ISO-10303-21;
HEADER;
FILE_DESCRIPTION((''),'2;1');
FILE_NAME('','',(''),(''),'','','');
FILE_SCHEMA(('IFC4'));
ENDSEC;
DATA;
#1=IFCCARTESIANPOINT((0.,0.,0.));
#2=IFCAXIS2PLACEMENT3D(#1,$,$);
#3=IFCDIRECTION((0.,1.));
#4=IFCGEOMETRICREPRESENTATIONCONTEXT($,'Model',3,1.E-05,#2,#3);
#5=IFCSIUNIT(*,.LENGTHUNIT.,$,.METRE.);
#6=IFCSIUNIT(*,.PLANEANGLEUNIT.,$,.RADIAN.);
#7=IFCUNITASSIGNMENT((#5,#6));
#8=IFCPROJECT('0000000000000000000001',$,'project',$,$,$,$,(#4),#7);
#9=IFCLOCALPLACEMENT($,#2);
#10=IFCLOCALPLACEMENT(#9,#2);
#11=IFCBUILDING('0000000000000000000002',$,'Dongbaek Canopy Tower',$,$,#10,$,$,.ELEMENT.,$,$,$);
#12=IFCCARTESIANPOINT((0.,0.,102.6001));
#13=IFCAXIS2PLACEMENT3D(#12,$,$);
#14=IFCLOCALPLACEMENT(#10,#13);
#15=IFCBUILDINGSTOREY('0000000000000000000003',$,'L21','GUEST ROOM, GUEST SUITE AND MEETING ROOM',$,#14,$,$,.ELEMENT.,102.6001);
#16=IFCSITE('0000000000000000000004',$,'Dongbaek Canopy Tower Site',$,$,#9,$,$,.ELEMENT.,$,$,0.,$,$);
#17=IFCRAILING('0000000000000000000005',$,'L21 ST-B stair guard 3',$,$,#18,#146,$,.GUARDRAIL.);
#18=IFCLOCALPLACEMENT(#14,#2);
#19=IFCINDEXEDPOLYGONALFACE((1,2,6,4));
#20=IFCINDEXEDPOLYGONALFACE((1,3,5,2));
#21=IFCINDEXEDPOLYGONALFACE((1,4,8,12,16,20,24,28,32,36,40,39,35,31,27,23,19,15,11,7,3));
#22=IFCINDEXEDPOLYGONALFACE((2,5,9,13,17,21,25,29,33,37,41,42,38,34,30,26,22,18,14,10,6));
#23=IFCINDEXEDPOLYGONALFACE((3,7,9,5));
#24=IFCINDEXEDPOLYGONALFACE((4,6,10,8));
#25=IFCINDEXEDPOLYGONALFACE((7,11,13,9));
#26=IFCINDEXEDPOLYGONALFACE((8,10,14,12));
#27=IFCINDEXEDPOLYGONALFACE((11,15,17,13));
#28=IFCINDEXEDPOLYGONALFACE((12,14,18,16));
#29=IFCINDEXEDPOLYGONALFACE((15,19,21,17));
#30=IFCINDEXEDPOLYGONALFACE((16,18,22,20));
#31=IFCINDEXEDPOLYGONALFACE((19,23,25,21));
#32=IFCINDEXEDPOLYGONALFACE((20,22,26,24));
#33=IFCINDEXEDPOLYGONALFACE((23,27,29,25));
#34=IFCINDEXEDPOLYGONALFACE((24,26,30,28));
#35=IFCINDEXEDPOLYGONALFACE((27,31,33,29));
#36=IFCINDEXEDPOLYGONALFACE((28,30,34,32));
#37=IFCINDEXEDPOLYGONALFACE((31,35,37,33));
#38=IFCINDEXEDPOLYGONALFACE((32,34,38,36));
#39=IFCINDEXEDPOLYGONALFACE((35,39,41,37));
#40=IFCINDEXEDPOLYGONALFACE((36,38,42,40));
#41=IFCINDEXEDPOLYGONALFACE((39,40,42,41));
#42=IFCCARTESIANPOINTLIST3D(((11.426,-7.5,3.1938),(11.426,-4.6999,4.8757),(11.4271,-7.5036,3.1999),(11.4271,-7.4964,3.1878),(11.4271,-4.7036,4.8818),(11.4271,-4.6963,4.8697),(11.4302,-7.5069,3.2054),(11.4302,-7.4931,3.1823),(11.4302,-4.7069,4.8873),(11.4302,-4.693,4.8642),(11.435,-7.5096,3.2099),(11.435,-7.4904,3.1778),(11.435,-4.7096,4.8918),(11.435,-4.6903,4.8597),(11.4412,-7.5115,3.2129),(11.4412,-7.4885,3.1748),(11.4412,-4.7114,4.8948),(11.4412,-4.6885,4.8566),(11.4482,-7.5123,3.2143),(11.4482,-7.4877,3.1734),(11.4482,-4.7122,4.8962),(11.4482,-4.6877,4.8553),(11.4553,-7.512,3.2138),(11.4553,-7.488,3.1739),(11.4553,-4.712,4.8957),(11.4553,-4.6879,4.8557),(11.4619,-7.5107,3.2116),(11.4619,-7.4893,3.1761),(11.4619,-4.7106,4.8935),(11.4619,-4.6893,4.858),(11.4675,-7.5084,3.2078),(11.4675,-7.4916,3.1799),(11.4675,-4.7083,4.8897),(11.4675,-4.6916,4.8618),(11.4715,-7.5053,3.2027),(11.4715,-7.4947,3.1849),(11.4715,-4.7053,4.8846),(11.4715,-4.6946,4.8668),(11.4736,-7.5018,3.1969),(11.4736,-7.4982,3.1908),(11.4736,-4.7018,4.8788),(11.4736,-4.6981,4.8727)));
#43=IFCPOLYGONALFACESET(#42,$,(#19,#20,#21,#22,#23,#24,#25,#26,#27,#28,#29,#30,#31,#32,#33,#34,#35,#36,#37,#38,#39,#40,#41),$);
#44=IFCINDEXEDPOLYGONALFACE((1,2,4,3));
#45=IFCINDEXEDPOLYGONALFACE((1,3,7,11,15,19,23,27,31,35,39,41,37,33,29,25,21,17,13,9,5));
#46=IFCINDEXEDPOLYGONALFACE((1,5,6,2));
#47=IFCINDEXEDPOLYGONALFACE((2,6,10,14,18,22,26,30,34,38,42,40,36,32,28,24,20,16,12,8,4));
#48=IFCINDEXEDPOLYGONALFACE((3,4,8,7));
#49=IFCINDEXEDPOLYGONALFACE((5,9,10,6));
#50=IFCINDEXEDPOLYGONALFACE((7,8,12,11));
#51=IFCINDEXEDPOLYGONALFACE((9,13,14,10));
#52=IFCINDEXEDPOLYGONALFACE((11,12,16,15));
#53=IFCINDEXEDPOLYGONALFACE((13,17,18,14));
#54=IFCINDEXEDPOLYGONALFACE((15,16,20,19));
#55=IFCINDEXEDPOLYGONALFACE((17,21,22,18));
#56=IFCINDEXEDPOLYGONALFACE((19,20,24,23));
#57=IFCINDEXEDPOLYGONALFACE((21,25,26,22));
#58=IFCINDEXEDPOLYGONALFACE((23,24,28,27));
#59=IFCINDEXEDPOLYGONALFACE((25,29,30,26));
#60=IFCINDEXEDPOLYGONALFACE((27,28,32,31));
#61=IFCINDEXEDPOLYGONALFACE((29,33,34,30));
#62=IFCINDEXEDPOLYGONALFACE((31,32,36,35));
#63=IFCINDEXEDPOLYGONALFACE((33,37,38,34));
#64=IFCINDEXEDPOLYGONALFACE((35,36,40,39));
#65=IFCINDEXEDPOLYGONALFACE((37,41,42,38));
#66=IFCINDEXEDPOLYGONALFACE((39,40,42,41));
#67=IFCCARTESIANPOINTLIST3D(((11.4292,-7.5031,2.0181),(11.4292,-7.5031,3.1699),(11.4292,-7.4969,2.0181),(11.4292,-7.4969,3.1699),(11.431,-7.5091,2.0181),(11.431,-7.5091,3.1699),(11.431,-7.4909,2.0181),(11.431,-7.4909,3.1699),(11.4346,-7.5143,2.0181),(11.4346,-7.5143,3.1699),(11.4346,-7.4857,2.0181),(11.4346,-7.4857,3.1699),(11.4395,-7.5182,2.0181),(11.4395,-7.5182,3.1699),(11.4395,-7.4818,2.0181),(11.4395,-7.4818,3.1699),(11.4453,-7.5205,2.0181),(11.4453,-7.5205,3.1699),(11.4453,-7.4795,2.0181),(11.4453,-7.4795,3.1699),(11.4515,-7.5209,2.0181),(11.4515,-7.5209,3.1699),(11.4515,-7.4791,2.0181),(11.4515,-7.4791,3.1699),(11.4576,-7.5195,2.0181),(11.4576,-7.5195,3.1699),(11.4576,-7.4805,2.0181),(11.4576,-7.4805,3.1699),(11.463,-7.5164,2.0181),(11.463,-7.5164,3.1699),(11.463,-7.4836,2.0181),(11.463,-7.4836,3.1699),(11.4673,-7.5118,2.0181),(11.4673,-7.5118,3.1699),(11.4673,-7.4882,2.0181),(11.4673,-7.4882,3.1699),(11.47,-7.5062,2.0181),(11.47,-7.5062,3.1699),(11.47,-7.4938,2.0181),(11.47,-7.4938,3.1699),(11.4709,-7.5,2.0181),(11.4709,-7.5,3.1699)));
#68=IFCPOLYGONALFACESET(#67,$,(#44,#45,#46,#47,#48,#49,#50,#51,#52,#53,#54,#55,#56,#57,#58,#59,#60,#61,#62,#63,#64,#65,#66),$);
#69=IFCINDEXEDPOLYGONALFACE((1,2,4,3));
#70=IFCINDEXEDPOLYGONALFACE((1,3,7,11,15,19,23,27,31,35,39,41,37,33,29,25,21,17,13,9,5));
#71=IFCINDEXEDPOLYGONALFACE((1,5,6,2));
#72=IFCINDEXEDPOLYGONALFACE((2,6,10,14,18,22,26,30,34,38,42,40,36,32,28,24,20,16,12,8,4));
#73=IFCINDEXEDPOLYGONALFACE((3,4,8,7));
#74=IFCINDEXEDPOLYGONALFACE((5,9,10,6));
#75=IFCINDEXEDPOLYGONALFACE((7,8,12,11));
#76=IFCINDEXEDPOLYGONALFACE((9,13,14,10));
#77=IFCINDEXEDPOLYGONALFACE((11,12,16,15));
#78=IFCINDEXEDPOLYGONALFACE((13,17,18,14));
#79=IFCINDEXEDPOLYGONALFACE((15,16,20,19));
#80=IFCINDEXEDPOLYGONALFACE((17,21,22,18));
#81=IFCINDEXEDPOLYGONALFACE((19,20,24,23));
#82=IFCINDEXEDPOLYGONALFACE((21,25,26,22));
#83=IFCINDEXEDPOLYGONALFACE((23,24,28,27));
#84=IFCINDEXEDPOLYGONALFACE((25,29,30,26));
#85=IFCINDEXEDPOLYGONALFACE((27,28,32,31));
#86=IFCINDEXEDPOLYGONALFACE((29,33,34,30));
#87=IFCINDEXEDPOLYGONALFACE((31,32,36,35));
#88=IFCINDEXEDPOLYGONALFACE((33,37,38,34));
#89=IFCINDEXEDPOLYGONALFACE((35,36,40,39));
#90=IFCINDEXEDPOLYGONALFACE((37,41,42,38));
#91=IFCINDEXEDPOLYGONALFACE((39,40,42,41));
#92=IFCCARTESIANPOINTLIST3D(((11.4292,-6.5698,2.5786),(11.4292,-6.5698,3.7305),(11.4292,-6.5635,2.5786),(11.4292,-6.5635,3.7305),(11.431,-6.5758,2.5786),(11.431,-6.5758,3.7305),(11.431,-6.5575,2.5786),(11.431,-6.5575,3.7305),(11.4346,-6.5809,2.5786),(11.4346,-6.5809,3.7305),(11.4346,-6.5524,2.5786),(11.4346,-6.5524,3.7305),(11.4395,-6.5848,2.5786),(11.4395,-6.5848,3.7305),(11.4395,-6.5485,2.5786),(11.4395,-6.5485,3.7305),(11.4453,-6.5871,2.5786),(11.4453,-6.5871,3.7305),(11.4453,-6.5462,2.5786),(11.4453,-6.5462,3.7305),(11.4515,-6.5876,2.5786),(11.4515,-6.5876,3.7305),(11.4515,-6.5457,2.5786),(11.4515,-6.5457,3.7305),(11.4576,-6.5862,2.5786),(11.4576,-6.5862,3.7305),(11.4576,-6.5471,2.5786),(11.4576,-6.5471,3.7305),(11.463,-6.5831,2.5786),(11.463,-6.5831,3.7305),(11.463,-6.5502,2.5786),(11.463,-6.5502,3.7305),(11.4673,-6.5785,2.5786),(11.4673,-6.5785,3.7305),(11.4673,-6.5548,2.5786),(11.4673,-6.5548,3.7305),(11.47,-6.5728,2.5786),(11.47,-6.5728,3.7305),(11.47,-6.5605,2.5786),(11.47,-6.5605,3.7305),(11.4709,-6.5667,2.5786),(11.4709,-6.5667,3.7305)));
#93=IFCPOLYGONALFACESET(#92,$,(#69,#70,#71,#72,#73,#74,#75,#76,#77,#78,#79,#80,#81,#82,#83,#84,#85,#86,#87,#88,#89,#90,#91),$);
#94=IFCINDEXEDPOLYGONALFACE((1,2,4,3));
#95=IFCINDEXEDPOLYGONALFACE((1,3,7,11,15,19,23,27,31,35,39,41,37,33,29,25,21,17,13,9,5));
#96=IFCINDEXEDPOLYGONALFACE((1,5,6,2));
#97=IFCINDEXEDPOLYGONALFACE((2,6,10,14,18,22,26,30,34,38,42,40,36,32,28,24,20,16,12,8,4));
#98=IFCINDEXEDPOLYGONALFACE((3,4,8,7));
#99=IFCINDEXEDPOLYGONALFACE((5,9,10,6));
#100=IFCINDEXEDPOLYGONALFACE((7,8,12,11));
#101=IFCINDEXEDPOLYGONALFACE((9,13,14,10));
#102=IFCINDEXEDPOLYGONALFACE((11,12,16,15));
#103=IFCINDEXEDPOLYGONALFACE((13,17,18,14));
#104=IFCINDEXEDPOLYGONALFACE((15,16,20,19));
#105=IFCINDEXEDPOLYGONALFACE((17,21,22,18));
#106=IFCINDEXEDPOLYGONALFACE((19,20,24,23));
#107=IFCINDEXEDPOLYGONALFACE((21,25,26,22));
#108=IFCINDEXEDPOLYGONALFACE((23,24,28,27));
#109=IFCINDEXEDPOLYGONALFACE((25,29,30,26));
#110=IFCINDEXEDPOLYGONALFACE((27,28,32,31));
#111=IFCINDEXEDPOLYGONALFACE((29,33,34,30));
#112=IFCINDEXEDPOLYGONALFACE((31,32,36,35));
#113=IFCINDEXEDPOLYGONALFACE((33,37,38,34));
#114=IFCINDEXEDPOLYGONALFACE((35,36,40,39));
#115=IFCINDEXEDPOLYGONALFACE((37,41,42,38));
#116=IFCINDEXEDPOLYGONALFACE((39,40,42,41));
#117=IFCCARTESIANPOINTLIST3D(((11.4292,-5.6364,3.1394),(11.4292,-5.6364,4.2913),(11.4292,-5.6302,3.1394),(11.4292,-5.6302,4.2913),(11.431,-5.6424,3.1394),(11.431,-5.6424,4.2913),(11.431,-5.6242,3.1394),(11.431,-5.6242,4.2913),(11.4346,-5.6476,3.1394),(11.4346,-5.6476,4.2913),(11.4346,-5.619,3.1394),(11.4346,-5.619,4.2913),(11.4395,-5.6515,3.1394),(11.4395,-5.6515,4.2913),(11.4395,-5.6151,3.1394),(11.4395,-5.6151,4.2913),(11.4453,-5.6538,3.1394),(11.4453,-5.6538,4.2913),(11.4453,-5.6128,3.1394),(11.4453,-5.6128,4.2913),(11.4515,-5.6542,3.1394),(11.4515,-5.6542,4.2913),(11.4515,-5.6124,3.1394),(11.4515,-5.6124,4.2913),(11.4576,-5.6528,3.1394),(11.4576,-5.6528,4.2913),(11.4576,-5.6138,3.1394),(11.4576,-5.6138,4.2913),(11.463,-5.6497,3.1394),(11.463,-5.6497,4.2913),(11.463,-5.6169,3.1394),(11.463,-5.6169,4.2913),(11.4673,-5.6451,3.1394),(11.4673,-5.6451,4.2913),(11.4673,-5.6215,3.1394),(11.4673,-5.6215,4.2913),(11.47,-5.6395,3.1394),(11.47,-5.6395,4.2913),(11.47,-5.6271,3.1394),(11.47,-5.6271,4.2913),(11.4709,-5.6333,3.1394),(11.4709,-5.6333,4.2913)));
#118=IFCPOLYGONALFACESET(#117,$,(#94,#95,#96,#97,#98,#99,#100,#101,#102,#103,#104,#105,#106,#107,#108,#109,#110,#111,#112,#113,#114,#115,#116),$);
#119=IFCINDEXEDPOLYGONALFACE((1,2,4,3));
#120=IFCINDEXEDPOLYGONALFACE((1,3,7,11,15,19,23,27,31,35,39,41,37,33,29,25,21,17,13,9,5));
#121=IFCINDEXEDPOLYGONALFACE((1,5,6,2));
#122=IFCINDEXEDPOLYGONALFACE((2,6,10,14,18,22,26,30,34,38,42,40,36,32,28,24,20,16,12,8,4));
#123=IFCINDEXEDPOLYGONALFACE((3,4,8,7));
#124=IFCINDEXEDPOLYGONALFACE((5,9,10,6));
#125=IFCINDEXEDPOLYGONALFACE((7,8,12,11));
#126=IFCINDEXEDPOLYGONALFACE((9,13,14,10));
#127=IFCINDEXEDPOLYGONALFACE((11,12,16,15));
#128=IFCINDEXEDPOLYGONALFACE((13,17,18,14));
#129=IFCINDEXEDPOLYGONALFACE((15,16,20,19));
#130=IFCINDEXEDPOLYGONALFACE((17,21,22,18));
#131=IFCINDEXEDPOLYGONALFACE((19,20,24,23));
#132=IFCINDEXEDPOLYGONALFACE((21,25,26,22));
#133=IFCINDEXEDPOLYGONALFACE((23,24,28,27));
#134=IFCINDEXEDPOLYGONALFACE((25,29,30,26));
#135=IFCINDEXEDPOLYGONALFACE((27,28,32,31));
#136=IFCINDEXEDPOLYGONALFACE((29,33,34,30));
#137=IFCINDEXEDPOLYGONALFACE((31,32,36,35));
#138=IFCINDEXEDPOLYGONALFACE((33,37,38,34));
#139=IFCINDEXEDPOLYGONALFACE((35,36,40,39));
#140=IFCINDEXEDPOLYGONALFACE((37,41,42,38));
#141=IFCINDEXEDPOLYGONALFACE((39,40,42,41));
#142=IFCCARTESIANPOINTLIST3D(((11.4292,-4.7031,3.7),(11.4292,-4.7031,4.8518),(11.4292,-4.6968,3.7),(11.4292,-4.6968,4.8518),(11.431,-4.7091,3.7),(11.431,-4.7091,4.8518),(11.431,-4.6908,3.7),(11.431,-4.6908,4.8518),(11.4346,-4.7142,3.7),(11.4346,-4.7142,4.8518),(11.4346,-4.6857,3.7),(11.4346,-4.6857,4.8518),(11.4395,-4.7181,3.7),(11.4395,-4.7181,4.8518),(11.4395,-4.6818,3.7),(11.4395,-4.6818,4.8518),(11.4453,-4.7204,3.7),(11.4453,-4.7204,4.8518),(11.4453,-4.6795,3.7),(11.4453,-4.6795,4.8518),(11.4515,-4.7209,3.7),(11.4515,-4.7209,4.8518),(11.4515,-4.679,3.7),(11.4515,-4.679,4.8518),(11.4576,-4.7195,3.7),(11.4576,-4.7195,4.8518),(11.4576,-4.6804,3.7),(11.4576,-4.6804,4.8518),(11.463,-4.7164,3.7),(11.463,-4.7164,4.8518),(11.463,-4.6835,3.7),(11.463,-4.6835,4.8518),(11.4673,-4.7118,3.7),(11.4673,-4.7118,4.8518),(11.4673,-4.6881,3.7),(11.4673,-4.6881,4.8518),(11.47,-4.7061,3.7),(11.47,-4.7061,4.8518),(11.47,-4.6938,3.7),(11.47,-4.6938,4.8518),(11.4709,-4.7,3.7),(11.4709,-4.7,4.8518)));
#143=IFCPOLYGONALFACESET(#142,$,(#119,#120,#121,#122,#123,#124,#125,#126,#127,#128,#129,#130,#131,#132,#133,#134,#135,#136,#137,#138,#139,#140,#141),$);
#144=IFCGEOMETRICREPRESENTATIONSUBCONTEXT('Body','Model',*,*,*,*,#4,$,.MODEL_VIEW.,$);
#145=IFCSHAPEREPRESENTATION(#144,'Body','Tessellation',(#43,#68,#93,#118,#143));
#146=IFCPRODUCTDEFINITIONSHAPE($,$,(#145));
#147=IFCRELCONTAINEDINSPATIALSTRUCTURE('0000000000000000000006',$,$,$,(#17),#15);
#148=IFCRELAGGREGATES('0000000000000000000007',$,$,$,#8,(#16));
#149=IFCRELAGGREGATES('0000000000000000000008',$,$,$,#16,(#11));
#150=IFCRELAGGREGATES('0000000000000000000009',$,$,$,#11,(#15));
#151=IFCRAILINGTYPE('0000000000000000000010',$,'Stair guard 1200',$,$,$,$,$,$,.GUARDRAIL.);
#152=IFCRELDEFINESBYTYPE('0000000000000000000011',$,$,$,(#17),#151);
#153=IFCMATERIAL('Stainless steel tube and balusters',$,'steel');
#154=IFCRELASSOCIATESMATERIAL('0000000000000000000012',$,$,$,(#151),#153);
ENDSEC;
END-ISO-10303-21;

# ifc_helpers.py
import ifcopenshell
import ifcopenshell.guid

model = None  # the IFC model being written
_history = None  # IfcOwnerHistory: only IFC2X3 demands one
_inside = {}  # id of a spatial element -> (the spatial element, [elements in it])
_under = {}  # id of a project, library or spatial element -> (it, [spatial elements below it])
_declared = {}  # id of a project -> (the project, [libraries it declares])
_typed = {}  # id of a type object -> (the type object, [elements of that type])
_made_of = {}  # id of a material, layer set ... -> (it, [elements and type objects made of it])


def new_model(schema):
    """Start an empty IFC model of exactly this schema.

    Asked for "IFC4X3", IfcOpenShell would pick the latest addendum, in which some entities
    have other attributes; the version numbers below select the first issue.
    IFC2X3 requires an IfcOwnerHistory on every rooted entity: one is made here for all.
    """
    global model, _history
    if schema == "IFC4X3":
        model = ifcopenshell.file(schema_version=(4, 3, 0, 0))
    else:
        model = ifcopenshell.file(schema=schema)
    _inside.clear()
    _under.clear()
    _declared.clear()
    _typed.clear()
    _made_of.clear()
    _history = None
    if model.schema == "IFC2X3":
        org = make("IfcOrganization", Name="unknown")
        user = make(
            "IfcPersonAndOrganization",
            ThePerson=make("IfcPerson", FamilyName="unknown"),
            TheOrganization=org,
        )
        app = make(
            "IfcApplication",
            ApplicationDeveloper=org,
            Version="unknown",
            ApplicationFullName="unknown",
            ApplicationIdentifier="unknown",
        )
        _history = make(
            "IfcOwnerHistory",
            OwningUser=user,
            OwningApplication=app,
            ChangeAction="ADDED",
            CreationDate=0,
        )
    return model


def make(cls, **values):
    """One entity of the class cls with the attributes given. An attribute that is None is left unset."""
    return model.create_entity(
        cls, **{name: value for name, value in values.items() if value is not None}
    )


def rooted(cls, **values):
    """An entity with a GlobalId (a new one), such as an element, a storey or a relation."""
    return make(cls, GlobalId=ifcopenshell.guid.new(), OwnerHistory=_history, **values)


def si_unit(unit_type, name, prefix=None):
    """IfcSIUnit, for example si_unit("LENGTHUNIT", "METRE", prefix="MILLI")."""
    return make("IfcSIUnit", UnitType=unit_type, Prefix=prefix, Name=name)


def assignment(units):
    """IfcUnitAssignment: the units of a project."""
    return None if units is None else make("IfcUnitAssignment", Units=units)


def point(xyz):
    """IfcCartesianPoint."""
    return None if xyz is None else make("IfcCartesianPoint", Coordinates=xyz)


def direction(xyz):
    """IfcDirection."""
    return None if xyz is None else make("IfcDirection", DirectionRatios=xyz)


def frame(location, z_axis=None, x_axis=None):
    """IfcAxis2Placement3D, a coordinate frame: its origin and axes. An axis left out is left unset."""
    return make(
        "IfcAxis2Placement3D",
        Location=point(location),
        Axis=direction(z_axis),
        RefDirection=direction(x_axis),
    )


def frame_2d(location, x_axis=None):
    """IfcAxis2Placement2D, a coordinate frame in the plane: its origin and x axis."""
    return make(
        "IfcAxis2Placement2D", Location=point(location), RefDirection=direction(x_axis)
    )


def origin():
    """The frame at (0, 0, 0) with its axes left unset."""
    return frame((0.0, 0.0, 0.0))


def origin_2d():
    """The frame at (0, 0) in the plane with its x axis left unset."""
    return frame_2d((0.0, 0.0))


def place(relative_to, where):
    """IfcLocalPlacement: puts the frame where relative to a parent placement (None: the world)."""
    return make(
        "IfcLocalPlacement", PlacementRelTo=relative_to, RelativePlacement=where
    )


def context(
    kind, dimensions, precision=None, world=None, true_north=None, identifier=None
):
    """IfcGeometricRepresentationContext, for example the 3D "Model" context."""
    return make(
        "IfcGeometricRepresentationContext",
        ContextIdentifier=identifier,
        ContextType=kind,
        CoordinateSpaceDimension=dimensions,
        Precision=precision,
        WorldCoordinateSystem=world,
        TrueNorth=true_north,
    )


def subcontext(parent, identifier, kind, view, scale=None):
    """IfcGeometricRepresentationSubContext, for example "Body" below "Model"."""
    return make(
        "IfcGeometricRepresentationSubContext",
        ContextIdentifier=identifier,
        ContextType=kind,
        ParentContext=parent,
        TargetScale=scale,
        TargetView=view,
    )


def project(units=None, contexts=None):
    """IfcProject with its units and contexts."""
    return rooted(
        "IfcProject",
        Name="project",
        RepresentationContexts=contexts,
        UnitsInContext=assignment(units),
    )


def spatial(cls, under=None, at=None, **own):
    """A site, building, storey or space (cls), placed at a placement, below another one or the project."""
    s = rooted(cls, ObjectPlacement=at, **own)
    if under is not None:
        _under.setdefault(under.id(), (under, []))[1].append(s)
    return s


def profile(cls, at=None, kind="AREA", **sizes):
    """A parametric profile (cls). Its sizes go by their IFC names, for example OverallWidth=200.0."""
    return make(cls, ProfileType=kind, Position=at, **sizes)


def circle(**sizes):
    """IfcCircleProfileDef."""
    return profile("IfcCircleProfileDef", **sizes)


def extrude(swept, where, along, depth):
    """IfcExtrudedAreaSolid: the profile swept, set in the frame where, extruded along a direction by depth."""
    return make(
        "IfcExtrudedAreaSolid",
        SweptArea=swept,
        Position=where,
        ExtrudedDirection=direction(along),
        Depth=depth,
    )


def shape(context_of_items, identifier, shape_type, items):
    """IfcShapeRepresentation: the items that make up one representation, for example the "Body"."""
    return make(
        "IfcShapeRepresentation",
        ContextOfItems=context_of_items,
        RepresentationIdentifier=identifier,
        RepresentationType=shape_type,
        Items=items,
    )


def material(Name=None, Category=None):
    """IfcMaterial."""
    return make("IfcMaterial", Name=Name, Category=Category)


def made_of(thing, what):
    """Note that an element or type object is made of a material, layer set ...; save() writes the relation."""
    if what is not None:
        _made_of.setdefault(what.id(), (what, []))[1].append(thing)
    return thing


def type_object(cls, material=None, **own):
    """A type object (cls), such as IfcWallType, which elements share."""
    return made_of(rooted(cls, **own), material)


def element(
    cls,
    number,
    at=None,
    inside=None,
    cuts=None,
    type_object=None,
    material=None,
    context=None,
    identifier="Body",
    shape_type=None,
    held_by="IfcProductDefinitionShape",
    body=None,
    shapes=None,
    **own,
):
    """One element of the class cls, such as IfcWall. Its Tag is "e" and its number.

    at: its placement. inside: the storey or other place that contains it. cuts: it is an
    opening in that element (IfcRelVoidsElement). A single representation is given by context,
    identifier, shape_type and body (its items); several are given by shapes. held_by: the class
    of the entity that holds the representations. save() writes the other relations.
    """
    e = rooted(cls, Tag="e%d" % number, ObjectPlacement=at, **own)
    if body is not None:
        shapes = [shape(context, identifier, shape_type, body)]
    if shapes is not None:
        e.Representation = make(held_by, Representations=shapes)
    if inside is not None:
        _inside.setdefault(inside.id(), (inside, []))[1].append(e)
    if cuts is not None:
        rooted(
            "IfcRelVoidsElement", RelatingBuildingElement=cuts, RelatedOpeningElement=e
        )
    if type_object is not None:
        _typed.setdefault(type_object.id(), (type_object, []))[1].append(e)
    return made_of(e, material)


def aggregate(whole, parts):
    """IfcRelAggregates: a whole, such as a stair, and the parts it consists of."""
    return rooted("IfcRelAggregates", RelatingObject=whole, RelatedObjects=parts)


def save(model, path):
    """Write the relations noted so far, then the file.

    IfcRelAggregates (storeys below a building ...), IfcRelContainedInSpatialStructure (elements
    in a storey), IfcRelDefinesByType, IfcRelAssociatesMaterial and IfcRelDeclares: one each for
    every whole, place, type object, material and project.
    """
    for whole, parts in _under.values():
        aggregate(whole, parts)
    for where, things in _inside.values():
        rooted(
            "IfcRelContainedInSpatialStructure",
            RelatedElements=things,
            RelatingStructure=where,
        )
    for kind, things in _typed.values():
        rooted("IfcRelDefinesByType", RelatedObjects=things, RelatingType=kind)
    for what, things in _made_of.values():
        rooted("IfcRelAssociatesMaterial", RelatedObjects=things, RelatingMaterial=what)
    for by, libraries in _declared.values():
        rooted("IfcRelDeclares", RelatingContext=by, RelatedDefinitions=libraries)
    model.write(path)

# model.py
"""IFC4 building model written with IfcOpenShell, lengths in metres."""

from ifc_helpers import new_model, si_unit, direction, frame, origin, origin_2d, place, context, subcontext, project, spatial, circle, extrude, material, type_object, element, save


model = new_model("IFC4")

# Units and contexts
model_context = context("Model", 3, precision=1e-05, world=origin(), true_north=direction((0.0, 1.0)))
body_context = subcontext(model_context, "Body", "Model", "MODEL_VIEW")
ifc_project = project(units=[si_unit("LENGTHUNIT", "METRE"), si_unit("PLANEANGLEUNIT", "RADIAN")], contexts=[model_context])

# Site, building, storey
site_placement = place(None, origin())
site = spatial("IfcSite", under=ifc_project, at=site_placement, Name="Dongbaek Canopy Tower Site", CompositionType="ELEMENT", RefElevation=0.0)
building_placement = place(site_placement, origin())
building = spatial("IfcBuilding", under=site, at=building_placement, Name="Dongbaek Canopy Tower", CompositionType="ELEMENT")
storey_placement = place(building_placement, frame((0.0, 0.0, 102.6001)))
storey = spatial("IfcBuildingStorey", under=building, at=storey_placement, Name="L21", Description="GUEST ROOM, GUEST SUITE AND MEETING ROOM", CompositionType="ELEMENT", Elevation=102.6001)

# Railing
ifc_material_1 = material(Name="Stainless steel tube and balusters", Category="steel")
railing_type_1 = type_object("IfcRailingType", Name="Stair guard 1200", PredefinedType="GUARDRAIL", material=ifc_material_1)
railing_1_placement = place(storey_placement, frame((11.45, -7.5, 2.0181)))
element("IfcRailing", 1, at=railing_1_placement, inside=storey, type_object=railing_type_1, Name="L21 ST-B stair guard 3", PredefinedType="GUARDRAIL", context=body_context, shape_type="SweptSolid", body=[
    extrude(circle(Radius=0.0239, at=origin_2d()), frame((0.0, 0.0, 1.1758), z_axis=(0.0, 0.857242, 0.514913), x_axis=(-1.0, 0.0, 0.0)), (0.0, 0.0, 1.0), 3.2664),
    extrude(circle(Radius=0.021, at=origin_2d()), origin(), (0.0, 0.0, 1.0), 1.1519),
    extrude(circle(Radius=0.021, at=origin_2d()), frame((0.0, 0.9333, 0.5605)), (0.0, 0.0, 1.0), 1.1519),
    extrude(circle(Radius=0.021, at=origin_2d()), frame((0.0, 1.8667, 1.1213)), (0.0, 0.0, 1.0), 1.1519),
    extrude(circle(Radius=0.021, at=origin_2d()), frame((0.0, 2.8, 1.6819)), (0.0, 0.0, 1.0), 1.1519),
])

save(model, "model.ifc")
